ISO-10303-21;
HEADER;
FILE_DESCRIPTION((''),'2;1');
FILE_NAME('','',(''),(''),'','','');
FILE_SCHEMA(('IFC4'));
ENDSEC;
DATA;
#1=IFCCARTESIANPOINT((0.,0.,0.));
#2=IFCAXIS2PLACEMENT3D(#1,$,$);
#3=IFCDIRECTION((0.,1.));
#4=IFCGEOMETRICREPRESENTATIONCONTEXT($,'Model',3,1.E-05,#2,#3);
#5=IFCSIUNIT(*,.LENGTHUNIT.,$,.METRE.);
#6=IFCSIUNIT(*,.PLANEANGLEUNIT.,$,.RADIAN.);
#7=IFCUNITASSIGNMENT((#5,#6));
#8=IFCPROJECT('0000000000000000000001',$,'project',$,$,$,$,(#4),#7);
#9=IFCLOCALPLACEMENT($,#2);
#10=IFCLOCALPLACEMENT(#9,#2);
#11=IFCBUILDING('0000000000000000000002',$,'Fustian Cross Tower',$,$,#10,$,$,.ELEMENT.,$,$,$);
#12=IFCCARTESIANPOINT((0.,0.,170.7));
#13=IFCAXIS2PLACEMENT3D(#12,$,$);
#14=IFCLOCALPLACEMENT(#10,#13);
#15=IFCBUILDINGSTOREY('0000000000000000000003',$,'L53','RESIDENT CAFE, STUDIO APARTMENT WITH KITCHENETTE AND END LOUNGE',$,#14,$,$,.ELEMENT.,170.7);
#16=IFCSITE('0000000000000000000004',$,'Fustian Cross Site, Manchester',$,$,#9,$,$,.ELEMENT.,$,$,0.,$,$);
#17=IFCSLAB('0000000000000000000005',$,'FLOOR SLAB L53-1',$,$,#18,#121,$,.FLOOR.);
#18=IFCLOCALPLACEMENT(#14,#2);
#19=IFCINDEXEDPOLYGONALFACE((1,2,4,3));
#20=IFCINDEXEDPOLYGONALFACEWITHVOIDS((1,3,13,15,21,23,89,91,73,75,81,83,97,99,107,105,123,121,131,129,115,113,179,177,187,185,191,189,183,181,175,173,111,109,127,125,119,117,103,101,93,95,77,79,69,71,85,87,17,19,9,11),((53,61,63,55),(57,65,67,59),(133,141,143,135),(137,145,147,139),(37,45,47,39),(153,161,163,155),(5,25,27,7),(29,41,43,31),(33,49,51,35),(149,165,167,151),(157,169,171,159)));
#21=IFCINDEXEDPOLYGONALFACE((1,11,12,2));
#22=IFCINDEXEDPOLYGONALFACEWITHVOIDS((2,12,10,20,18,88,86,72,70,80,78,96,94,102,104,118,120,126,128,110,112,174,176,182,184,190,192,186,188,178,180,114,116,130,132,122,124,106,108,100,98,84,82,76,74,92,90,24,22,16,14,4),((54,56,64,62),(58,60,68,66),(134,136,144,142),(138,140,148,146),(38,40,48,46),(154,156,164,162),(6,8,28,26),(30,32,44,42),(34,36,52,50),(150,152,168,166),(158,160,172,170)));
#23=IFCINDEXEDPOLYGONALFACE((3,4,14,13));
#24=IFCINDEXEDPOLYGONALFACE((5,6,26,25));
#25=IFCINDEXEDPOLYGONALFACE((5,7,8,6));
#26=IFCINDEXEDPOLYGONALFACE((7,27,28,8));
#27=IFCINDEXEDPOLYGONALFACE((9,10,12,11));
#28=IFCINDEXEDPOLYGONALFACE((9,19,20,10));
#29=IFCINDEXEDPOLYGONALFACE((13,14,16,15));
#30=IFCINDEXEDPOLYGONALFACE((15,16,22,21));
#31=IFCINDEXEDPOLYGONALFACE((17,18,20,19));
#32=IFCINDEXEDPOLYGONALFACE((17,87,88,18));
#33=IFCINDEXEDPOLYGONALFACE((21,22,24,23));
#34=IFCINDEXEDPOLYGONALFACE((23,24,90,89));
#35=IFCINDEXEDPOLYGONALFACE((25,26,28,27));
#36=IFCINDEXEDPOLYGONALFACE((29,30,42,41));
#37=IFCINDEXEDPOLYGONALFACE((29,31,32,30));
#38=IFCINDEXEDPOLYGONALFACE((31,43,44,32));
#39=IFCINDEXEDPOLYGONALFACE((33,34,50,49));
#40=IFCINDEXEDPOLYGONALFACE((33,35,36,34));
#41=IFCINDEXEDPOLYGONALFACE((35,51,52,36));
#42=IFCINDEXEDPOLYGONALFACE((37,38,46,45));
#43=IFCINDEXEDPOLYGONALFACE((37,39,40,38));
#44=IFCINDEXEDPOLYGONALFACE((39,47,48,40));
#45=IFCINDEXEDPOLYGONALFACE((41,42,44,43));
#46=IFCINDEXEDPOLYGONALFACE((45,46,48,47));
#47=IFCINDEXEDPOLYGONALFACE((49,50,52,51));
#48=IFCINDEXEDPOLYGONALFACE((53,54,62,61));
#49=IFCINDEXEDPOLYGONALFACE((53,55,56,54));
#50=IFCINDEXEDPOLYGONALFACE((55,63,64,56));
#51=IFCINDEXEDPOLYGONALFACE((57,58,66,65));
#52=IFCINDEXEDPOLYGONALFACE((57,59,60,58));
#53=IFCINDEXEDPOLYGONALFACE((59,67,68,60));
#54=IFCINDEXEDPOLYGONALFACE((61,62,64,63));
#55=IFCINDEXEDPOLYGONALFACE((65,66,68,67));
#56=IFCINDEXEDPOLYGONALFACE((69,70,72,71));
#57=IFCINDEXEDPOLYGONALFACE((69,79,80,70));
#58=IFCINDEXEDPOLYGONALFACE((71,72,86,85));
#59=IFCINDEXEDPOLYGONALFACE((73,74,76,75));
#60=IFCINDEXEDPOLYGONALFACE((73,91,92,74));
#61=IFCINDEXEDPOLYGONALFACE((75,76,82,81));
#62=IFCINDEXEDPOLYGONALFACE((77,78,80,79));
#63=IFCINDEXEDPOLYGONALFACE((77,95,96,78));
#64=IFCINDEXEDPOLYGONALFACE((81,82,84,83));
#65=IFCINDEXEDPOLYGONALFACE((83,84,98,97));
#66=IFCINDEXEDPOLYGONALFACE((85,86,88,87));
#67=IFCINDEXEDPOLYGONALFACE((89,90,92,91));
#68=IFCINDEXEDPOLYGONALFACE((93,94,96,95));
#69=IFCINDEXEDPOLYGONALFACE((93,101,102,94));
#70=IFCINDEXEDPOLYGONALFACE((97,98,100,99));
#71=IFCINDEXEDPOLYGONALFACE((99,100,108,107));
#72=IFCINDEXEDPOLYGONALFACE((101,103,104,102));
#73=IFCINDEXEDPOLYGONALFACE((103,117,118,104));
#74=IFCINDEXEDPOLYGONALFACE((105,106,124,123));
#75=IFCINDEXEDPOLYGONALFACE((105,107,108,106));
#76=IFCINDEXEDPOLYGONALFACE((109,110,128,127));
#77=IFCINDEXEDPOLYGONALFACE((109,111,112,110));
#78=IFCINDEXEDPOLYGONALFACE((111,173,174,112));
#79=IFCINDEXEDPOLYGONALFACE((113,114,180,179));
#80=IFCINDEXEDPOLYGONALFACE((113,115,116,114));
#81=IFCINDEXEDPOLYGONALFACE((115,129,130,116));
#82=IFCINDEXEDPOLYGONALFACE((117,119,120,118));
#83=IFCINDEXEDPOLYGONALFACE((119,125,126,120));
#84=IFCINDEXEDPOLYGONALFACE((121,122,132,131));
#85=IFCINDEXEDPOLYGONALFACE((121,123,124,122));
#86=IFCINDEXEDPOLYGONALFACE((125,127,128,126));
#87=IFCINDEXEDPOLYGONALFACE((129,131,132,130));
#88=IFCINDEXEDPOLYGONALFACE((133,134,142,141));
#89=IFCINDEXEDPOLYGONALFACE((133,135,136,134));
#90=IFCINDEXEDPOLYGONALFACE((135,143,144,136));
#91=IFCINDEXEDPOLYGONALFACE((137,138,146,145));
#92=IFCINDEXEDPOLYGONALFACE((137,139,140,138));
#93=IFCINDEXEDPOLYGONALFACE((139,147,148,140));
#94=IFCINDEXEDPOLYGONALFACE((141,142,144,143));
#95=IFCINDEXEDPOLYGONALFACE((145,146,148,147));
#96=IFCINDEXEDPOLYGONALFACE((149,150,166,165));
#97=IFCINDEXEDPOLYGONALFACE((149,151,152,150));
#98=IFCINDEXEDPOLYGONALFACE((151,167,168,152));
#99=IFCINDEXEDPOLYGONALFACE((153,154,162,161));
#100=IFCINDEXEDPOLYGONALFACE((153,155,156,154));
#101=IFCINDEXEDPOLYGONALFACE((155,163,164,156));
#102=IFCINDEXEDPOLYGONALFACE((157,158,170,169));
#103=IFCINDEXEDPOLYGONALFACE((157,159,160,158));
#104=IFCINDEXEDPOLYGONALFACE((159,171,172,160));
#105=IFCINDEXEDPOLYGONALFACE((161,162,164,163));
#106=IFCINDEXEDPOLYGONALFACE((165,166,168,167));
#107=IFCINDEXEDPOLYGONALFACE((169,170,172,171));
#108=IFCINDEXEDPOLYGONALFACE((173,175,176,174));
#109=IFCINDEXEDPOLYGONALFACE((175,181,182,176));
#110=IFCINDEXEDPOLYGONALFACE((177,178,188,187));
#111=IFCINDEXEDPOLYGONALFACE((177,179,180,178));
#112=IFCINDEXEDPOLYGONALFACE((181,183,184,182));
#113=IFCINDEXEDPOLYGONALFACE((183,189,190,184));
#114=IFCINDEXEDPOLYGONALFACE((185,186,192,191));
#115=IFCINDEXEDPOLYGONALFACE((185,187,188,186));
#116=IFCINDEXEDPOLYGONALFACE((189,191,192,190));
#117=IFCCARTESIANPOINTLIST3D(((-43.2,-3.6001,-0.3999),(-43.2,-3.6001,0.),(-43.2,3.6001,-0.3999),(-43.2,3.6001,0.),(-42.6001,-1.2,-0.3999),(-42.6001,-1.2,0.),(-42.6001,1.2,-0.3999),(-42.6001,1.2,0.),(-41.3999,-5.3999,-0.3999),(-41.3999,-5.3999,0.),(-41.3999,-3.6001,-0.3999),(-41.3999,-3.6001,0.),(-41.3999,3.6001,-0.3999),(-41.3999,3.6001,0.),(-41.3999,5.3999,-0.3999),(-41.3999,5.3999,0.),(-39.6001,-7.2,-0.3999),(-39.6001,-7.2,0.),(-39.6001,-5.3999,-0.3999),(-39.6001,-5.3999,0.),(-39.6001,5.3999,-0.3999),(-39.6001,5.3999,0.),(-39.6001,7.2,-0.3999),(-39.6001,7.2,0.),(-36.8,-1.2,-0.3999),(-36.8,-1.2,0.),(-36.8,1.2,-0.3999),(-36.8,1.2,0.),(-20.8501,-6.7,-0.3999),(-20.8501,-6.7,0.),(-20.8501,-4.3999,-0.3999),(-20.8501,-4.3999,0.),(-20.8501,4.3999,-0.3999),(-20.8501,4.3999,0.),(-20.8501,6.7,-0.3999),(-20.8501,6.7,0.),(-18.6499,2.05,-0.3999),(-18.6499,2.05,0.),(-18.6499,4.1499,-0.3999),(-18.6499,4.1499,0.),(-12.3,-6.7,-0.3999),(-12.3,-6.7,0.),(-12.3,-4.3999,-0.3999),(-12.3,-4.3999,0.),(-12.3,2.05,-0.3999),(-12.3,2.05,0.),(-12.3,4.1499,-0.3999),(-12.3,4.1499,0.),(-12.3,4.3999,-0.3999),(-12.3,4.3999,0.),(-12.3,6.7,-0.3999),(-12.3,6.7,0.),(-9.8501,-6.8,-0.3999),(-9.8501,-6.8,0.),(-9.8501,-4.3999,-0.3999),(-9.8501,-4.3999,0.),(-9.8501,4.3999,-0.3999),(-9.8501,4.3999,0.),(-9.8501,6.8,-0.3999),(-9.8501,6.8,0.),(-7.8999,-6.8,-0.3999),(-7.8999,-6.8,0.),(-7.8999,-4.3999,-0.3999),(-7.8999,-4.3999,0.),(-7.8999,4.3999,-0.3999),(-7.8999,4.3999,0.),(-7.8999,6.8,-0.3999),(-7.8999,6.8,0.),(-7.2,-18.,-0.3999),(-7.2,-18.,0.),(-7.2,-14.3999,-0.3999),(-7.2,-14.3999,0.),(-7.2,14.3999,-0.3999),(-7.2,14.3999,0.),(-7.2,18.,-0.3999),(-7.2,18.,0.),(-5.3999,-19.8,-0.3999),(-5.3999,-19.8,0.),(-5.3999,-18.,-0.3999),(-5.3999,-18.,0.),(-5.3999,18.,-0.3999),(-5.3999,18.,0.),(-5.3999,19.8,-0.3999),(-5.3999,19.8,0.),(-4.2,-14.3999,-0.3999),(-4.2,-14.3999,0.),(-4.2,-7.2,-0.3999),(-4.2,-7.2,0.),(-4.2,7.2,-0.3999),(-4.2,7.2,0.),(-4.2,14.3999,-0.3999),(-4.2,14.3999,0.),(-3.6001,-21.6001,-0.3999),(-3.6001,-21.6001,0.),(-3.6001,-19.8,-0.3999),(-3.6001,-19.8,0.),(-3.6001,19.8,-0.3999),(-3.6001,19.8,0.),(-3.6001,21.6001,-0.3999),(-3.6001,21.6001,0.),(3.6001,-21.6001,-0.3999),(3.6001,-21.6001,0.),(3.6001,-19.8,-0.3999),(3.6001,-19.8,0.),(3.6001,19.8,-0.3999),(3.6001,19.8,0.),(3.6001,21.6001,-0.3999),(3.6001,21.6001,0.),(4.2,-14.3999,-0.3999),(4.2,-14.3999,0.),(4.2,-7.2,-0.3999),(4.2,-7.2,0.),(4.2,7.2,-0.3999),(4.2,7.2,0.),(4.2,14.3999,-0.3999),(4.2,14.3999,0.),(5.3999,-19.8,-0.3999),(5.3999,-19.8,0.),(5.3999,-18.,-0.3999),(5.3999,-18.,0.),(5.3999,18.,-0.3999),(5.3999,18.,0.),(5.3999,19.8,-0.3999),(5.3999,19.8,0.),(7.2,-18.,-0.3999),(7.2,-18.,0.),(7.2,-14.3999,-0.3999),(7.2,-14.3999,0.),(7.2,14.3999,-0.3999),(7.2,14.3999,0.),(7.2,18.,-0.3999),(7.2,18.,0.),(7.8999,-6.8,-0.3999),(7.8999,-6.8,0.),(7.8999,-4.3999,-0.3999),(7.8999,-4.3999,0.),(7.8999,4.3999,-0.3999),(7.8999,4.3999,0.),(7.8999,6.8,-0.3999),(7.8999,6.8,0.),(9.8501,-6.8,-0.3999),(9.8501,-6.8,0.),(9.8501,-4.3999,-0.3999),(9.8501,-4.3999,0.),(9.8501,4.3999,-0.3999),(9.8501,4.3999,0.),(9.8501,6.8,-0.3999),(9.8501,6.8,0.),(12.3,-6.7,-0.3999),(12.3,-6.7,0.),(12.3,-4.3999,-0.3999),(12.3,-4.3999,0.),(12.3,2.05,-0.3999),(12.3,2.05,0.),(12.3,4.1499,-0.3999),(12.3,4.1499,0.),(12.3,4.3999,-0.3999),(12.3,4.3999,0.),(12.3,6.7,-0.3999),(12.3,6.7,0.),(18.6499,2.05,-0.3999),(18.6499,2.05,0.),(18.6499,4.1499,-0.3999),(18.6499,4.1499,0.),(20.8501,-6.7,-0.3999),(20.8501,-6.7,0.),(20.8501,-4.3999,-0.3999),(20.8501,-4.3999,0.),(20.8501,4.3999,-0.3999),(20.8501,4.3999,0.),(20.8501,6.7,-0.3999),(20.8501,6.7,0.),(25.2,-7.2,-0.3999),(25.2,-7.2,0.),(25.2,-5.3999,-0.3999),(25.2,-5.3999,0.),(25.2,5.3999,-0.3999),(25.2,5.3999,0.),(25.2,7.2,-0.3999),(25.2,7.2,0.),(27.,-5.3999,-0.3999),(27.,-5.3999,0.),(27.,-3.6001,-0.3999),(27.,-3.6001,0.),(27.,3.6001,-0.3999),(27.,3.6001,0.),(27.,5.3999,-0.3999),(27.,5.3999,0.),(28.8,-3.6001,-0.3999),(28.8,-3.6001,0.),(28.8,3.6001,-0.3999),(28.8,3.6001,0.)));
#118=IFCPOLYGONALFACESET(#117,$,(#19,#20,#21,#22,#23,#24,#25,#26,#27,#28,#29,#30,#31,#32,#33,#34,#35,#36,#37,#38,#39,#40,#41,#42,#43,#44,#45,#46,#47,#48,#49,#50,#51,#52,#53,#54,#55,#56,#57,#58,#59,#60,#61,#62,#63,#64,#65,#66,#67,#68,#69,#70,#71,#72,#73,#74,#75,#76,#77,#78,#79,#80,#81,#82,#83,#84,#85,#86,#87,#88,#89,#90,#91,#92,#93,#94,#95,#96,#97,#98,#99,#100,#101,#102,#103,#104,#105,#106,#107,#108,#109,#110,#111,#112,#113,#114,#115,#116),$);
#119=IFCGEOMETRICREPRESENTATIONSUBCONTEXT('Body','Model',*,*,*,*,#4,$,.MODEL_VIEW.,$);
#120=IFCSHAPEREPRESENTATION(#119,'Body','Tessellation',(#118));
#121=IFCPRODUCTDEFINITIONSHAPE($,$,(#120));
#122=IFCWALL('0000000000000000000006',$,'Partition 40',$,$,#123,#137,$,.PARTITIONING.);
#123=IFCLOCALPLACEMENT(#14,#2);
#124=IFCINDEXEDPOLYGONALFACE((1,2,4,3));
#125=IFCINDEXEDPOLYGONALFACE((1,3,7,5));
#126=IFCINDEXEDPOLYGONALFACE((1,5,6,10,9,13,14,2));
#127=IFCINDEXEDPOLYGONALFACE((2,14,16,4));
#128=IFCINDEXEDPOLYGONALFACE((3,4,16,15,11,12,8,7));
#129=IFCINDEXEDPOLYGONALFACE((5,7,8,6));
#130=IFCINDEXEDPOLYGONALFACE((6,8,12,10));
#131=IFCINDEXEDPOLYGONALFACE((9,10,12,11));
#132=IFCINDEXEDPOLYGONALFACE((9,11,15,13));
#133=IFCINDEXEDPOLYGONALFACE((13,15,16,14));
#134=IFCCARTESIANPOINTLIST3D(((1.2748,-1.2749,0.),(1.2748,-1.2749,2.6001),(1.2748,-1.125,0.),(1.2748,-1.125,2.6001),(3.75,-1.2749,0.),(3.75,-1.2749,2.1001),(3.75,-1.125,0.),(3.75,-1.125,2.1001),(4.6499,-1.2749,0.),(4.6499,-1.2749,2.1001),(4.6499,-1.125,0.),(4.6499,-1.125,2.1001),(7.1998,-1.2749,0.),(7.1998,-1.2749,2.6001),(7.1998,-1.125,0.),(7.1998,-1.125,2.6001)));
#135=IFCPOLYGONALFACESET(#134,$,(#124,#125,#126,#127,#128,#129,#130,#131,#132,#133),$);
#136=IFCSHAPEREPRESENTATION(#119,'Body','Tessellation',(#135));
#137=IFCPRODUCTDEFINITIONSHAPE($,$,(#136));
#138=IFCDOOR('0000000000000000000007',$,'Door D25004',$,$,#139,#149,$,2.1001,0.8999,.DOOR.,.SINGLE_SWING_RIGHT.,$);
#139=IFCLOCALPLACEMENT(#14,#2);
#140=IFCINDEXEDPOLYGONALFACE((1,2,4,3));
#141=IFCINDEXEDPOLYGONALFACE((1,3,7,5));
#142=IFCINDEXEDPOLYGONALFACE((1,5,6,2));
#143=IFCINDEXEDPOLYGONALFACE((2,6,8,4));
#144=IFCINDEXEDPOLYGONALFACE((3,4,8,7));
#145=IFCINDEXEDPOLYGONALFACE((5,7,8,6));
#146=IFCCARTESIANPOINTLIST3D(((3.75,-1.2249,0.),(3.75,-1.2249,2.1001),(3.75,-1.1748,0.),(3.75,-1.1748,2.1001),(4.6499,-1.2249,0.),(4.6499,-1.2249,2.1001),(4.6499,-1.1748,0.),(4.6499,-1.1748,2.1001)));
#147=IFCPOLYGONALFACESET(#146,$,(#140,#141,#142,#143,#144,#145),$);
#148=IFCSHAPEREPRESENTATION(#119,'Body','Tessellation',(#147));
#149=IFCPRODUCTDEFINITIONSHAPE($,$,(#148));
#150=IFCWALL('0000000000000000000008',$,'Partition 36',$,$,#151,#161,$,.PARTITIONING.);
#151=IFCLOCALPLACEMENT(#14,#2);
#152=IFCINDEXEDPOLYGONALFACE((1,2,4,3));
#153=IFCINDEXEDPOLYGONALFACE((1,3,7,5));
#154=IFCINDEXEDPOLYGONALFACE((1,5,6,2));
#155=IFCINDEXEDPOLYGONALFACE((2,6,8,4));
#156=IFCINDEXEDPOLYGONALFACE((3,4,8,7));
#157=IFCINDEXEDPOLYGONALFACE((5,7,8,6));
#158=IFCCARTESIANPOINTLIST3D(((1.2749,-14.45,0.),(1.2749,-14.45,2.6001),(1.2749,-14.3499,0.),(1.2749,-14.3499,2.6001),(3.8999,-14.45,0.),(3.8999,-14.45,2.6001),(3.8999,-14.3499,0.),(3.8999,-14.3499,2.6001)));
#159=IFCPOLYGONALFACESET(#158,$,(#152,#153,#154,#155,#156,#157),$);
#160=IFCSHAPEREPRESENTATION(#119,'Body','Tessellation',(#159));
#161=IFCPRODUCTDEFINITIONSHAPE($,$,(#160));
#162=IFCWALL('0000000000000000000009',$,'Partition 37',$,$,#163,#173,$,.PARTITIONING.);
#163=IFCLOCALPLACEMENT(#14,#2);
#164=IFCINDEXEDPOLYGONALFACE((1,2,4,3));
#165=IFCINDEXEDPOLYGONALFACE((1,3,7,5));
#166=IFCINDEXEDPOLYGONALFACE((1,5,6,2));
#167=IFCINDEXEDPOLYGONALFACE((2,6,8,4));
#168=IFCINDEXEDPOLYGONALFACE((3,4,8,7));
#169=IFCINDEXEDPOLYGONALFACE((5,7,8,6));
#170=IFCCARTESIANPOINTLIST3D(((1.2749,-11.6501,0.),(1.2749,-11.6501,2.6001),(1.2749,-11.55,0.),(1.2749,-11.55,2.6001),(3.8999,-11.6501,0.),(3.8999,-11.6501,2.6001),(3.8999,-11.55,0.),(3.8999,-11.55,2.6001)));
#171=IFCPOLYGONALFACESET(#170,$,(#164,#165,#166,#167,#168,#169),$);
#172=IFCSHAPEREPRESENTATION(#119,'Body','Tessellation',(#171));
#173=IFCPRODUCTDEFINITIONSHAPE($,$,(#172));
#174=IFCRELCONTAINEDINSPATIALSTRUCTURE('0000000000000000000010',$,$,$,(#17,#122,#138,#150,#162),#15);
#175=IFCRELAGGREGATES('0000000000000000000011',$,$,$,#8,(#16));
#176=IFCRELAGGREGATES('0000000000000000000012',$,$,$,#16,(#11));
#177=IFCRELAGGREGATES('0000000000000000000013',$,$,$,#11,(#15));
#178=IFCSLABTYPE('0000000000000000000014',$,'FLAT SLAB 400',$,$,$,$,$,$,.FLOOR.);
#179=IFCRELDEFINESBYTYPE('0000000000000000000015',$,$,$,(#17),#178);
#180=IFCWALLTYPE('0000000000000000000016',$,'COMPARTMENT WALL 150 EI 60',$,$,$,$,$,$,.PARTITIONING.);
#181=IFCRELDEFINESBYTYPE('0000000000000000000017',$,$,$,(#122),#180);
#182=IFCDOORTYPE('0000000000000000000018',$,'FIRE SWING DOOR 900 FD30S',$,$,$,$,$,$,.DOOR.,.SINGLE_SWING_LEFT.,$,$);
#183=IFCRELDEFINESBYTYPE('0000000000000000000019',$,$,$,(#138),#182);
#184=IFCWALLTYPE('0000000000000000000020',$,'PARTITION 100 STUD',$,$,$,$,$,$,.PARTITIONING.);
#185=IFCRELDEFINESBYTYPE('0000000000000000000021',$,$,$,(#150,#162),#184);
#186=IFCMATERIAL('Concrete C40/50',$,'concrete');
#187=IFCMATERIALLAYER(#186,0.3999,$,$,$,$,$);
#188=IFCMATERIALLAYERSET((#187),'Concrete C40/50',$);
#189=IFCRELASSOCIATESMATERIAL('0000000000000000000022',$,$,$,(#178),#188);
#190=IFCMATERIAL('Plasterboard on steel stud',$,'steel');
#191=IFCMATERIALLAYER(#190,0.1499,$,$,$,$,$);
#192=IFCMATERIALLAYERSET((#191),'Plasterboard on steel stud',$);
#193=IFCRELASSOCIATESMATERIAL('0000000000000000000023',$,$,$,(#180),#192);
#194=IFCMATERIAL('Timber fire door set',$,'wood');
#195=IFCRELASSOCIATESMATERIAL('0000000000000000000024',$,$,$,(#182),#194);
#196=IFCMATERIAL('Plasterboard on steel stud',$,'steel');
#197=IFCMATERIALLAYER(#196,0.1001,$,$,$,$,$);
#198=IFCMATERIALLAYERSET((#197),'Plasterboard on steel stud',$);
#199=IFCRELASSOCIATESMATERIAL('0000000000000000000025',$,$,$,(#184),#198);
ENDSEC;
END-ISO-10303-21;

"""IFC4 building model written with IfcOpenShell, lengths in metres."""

from ifc_helpers import new_model, si_unit, direction, frame, frame_2d, origin, place, context, subcontext, project, spatial, polyline, rectangle, outline, extrude, material, layer, layer_set, type_object, element, fill, save


model = new_model("IFC4")

# Units and contexts
model_context = context("Model", 3, precision=1e-05, world=origin(), true_north=direction((0.0, 1.0)))
body_context = subcontext(model_context, "Body", "Model", "MODEL_VIEW")
ifc_project = project(units=[si_unit("LENGTHUNIT", "METRE"), si_unit("PLANEANGLEUNIT", "RADIAN")], contexts=[model_context])

# Site, building, storey
site_placement = place(None, origin())
site = spatial("IfcSite", under=ifc_project, at=site_placement, Name="Fustian Cross Site, Manchester", CompositionType="ELEMENT", RefElevation=0.0)
building_placement = place(site_placement, origin())
building = spatial("IfcBuilding", under=site, at=building_placement, Name="Fustian Cross Tower", CompositionType="ELEMENT")
storey_placement = place(building_placement, frame((0.0, 0.0, 170.7)))
storey = spatial("IfcBuildingStorey", under=building, at=storey_placement, Name="L53", Description="RESIDENT CAFE, STUDIO APARTMENT WITH KITCHENETTE AND END LOUNGE", CompositionType="ELEMENT", Elevation=170.7)

# Slab
ifc_material_1 = material(Name="Concrete C40/50", Category="concrete")
ifc_layer_1 = layer(ifc_material_1, 0.3999)
ifc_layer_set_1 = layer_set([ifc_layer_1], Name="Concrete C40/50")
slab_type_1 = type_object("IfcSlabType", Name="FLAT SLAB 400", PredefinedType="FLOOR", material=ifc_layer_set_1)
slab_1_placement = place(storey_placement, frame((0.0, 0.0, -0.3999)))
element("IfcSlab", 1, at=slab_1_placement, inside=storey, type_object=slab_type_1, Name="FLOOR SLAB L53-1", PredefinedType="FLOOR", context=body_context, shape_type="SweptSolid", body=[
    extrude(outline(polyline([(-5.3999, -19.8), (-5.3999, -18.0), (-7.2, -18.0), (-7.2, -14.3999), (-4.2, -14.3999), (-4.2, -7.2), (-39.6001, -7.2), (-39.6001, -5.3999), (-41.3999, -5.3999), (-41.3999, -3.6001), (-43.2, -3.6001), (-43.2, 3.6001), (-41.3999, 3.6001), (-41.3999, 5.3999), (-39.6001, 5.3999), (-39.6001, 7.2), (-4.2, 7.2), (-4.2, 14.3999), (-7.2, 14.3999), (-7.2, 18.0), (-5.3999, 18.0), (-5.3999, 19.8), (-3.6001, 19.8), (-3.6001, 21.6001), (3.6001, 21.6001), (3.6001, 19.8), (5.3999, 19.8), (5.3999, 18.0), (7.2, 18.0), (7.2, 14.3999), (4.2, 14.3999), (4.2, 7.2), (25.2, 7.2), (25.2, 5.3999), (27.0, 5.3999), (27.0, 3.6001), (28.8, 3.6001), (28.8, -3.6001), (27.0, -3.6001), (27.0, -5.3999), (25.2, -5.3999), (25.2, -7.2), (4.2, -7.2), (4.2, -14.3999), (7.2, -14.3999), (7.2, -18.0), (5.3999, -18.0), (5.3999, -19.8), (3.6001, -19.8), (3.6001, -21.6001), (-3.6001, -21.6001), (-3.6001, -19.8), (-5.3999, -19.8)]), holes=[polyline([(7.8999, 4.3999), (9.8501, 4.3999), (9.8501, 6.8), (7.8999, 6.8), (7.8999, 4.3999)]), polyline([(7.8999, -4.3999), (7.8999, -6.8), (9.8501, -6.8), (9.8501, -4.3999), (7.8999, -4.3999)]), polyline([(-7.8999, 6.8), (-9.8501, 6.8), (-9.8501, 4.3999), (-7.8999, 4.3999), (-7.8999, 6.8)]), polyline([(-7.8999, -6.8), (-7.8999, -4.3999), (-9.8501, -4.3999), (-9.8501, -6.8), (-7.8999, -6.8)]), polyline([(12.3, 2.05), (18.6499, 2.05), (18.6499, 4.1499), (12.3, 4.1499), (12.3, 2.05)]), polyline([(-18.6499, 4.1499), (-18.6499, 2.05), (-12.3, 2.05), (-12.3, 4.1499), (-18.6499, 4.1499)]), polyline([(20.8501, 6.7), (12.3, 6.7), (12.3, 4.3999), (20.8501, 4.3999), (20.8501, 6.7)]), polyline([(20.8501, -6.7), (20.8501, -4.3999), (12.3, -4.3999), (12.3, -6.7), (20.8501, -6.7)]), polyline([(-20.8501, 4.3999), (-12.3, 4.3999), (-12.3, 6.7), (-20.8501, 6.7), (-20.8501, 4.3999)]), polyline([(-20.8501, -4.3999), (-20.8501, -6.7), (-12.3, -6.7), (-12.3, -4.3999), (-20.8501, -4.3999)]), polyline([(-36.8, 1.2), (-42.6001, 1.2), (-42.6001, -1.2), (-36.8, -1.2), (-36.8, 1.2)])]), origin(), (0.0, 0.0, 1.0), 0.3999),
])

# Wall, opening, door
ifc_material_2 = material(Name="Plasterboard on steel stud", Category="steel")
ifc_layer_2 = layer(ifc_material_2, 0.1499)
ifc_layer_set_2 = layer_set([ifc_layer_2], Name="Plasterboard on steel stud")
wall_type_1 = type_object("IfcWallType", Name="COMPARTMENT WALL 150 EI 60", PredefinedType="PARTITIONING", material=ifc_layer_set_2)
wall_1_placement = place(storey_placement, frame((1.2749, -1.2, 0.0), z_axis=(0.0, 0.0, 1.0), x_axis=(1.0, 0.0, 0.0)))
wall_1 = element("IfcWall", 2, at=wall_1_placement, inside=storey, type_object=wall_type_1, Name="Partition 40", PredefinedType="PARTITIONING", context=body_context, shape_type="SweptSolid", body=[
    extrude(rectangle(XDim=5.925, YDim=0.1499, at=frame_2d((2.9624, 0.0))), origin(), (0.0, 0.0, 1.0), 2.6001),
])
opening_1_placement = place(wall_1_placement, frame((2.4751, 0.0, 0.0)))
opening_1 = element("IfcOpeningElement", 3, at=opening_1_placement, cuts=wall_1, PredefinedType="OPENING", context=body_context, shape_type="SweptSolid", body=[
    extrude(rectangle(XDim=0.8999, YDim=2.1001, at=frame_2d((0.45, 1.05))), frame((0.0, 0.085, 0.0), z_axis=(0.0, -1.0, 0.0), x_axis=(1.0, 0.0, 0.0)), (0.0, 0.0, 1.0), 0.1699),
])
ifc_material_3 = material(Name="Timber fire door set", Category="wood")
door_type_1 = type_object("IfcDoorType", Name="FIRE SWING DOOR 900 FD30S", OperationType="SINGLE_SWING_LEFT", PredefinedType="DOOR", material=ifc_material_3)
door_1_placement = place(opening_1_placement, frame((0.8999, 0.0, 0.0), z_axis=(0.0, 0.0, 1.0), x_axis=(-1.0, 0.0, 0.0)))
door_1 = element("IfcDoor", 4, at=door_1_placement, inside=storey, type_object=door_type_1, Name="Door D25004", OperationType="SINGLE_SWING_RIGHT", OverallHeight=2.1001, OverallWidth=0.8999, PredefinedType="DOOR", context=body_context, shape_type="SweptSolid", body=[
    extrude(rectangle(XDim=0.8999, YDim=2.1001, at=frame_2d((0.45, 1.05))), frame((0.0, 0.0249, 0.0), z_axis=(0.0, -1.0, 0.0), x_axis=(1.0, 0.0, 0.0)), (0.0, 0.0, 1.0), 0.05),
])
fill(opening_1, door_1)

# Walls
ifc_material_4 = material(Name="Plasterboard on steel stud", Category="steel")
ifc_layer_3 = layer(ifc_material_4, 0.1001)
ifc_layer_set_3 = layer_set([ifc_layer_3], Name="Plasterboard on steel stud")
wall_type_2 = type_object("IfcWallType", Name="PARTITION 100 STUD", PredefinedType="PARTITIONING", material=ifc_layer_set_3)
for number, where, z_axis, x_axis, name in (
    (5, (1.2749, -14.3999, 0.0), (0.0, 0.0, 1.0), (1.0, 0.0, 0.0), "Partition 36"),
    (6, (1.2749, -11.6001, 0.0), (0.0, 0.0, 1.0), (1.0, 0.0, 0.0), "Partition 37"),
):
    element("IfcWall", number, at=place(storey_placement, frame(where, z_axis=z_axis, x_axis=x_axis)), inside=storey, type_object=wall_type_2, Name=name, PredefinedType="PARTITIONING", context=body_context, shape_type="SweptSolid", body=[
        extrude(rectangle(XDim=2.625, YDim=0.1001, at=frame_2d((1.3125, 0.0))), origin(), (0.0, 0.0, 1.0), 2.6001),
    ])

save(model, "model.ifc")
